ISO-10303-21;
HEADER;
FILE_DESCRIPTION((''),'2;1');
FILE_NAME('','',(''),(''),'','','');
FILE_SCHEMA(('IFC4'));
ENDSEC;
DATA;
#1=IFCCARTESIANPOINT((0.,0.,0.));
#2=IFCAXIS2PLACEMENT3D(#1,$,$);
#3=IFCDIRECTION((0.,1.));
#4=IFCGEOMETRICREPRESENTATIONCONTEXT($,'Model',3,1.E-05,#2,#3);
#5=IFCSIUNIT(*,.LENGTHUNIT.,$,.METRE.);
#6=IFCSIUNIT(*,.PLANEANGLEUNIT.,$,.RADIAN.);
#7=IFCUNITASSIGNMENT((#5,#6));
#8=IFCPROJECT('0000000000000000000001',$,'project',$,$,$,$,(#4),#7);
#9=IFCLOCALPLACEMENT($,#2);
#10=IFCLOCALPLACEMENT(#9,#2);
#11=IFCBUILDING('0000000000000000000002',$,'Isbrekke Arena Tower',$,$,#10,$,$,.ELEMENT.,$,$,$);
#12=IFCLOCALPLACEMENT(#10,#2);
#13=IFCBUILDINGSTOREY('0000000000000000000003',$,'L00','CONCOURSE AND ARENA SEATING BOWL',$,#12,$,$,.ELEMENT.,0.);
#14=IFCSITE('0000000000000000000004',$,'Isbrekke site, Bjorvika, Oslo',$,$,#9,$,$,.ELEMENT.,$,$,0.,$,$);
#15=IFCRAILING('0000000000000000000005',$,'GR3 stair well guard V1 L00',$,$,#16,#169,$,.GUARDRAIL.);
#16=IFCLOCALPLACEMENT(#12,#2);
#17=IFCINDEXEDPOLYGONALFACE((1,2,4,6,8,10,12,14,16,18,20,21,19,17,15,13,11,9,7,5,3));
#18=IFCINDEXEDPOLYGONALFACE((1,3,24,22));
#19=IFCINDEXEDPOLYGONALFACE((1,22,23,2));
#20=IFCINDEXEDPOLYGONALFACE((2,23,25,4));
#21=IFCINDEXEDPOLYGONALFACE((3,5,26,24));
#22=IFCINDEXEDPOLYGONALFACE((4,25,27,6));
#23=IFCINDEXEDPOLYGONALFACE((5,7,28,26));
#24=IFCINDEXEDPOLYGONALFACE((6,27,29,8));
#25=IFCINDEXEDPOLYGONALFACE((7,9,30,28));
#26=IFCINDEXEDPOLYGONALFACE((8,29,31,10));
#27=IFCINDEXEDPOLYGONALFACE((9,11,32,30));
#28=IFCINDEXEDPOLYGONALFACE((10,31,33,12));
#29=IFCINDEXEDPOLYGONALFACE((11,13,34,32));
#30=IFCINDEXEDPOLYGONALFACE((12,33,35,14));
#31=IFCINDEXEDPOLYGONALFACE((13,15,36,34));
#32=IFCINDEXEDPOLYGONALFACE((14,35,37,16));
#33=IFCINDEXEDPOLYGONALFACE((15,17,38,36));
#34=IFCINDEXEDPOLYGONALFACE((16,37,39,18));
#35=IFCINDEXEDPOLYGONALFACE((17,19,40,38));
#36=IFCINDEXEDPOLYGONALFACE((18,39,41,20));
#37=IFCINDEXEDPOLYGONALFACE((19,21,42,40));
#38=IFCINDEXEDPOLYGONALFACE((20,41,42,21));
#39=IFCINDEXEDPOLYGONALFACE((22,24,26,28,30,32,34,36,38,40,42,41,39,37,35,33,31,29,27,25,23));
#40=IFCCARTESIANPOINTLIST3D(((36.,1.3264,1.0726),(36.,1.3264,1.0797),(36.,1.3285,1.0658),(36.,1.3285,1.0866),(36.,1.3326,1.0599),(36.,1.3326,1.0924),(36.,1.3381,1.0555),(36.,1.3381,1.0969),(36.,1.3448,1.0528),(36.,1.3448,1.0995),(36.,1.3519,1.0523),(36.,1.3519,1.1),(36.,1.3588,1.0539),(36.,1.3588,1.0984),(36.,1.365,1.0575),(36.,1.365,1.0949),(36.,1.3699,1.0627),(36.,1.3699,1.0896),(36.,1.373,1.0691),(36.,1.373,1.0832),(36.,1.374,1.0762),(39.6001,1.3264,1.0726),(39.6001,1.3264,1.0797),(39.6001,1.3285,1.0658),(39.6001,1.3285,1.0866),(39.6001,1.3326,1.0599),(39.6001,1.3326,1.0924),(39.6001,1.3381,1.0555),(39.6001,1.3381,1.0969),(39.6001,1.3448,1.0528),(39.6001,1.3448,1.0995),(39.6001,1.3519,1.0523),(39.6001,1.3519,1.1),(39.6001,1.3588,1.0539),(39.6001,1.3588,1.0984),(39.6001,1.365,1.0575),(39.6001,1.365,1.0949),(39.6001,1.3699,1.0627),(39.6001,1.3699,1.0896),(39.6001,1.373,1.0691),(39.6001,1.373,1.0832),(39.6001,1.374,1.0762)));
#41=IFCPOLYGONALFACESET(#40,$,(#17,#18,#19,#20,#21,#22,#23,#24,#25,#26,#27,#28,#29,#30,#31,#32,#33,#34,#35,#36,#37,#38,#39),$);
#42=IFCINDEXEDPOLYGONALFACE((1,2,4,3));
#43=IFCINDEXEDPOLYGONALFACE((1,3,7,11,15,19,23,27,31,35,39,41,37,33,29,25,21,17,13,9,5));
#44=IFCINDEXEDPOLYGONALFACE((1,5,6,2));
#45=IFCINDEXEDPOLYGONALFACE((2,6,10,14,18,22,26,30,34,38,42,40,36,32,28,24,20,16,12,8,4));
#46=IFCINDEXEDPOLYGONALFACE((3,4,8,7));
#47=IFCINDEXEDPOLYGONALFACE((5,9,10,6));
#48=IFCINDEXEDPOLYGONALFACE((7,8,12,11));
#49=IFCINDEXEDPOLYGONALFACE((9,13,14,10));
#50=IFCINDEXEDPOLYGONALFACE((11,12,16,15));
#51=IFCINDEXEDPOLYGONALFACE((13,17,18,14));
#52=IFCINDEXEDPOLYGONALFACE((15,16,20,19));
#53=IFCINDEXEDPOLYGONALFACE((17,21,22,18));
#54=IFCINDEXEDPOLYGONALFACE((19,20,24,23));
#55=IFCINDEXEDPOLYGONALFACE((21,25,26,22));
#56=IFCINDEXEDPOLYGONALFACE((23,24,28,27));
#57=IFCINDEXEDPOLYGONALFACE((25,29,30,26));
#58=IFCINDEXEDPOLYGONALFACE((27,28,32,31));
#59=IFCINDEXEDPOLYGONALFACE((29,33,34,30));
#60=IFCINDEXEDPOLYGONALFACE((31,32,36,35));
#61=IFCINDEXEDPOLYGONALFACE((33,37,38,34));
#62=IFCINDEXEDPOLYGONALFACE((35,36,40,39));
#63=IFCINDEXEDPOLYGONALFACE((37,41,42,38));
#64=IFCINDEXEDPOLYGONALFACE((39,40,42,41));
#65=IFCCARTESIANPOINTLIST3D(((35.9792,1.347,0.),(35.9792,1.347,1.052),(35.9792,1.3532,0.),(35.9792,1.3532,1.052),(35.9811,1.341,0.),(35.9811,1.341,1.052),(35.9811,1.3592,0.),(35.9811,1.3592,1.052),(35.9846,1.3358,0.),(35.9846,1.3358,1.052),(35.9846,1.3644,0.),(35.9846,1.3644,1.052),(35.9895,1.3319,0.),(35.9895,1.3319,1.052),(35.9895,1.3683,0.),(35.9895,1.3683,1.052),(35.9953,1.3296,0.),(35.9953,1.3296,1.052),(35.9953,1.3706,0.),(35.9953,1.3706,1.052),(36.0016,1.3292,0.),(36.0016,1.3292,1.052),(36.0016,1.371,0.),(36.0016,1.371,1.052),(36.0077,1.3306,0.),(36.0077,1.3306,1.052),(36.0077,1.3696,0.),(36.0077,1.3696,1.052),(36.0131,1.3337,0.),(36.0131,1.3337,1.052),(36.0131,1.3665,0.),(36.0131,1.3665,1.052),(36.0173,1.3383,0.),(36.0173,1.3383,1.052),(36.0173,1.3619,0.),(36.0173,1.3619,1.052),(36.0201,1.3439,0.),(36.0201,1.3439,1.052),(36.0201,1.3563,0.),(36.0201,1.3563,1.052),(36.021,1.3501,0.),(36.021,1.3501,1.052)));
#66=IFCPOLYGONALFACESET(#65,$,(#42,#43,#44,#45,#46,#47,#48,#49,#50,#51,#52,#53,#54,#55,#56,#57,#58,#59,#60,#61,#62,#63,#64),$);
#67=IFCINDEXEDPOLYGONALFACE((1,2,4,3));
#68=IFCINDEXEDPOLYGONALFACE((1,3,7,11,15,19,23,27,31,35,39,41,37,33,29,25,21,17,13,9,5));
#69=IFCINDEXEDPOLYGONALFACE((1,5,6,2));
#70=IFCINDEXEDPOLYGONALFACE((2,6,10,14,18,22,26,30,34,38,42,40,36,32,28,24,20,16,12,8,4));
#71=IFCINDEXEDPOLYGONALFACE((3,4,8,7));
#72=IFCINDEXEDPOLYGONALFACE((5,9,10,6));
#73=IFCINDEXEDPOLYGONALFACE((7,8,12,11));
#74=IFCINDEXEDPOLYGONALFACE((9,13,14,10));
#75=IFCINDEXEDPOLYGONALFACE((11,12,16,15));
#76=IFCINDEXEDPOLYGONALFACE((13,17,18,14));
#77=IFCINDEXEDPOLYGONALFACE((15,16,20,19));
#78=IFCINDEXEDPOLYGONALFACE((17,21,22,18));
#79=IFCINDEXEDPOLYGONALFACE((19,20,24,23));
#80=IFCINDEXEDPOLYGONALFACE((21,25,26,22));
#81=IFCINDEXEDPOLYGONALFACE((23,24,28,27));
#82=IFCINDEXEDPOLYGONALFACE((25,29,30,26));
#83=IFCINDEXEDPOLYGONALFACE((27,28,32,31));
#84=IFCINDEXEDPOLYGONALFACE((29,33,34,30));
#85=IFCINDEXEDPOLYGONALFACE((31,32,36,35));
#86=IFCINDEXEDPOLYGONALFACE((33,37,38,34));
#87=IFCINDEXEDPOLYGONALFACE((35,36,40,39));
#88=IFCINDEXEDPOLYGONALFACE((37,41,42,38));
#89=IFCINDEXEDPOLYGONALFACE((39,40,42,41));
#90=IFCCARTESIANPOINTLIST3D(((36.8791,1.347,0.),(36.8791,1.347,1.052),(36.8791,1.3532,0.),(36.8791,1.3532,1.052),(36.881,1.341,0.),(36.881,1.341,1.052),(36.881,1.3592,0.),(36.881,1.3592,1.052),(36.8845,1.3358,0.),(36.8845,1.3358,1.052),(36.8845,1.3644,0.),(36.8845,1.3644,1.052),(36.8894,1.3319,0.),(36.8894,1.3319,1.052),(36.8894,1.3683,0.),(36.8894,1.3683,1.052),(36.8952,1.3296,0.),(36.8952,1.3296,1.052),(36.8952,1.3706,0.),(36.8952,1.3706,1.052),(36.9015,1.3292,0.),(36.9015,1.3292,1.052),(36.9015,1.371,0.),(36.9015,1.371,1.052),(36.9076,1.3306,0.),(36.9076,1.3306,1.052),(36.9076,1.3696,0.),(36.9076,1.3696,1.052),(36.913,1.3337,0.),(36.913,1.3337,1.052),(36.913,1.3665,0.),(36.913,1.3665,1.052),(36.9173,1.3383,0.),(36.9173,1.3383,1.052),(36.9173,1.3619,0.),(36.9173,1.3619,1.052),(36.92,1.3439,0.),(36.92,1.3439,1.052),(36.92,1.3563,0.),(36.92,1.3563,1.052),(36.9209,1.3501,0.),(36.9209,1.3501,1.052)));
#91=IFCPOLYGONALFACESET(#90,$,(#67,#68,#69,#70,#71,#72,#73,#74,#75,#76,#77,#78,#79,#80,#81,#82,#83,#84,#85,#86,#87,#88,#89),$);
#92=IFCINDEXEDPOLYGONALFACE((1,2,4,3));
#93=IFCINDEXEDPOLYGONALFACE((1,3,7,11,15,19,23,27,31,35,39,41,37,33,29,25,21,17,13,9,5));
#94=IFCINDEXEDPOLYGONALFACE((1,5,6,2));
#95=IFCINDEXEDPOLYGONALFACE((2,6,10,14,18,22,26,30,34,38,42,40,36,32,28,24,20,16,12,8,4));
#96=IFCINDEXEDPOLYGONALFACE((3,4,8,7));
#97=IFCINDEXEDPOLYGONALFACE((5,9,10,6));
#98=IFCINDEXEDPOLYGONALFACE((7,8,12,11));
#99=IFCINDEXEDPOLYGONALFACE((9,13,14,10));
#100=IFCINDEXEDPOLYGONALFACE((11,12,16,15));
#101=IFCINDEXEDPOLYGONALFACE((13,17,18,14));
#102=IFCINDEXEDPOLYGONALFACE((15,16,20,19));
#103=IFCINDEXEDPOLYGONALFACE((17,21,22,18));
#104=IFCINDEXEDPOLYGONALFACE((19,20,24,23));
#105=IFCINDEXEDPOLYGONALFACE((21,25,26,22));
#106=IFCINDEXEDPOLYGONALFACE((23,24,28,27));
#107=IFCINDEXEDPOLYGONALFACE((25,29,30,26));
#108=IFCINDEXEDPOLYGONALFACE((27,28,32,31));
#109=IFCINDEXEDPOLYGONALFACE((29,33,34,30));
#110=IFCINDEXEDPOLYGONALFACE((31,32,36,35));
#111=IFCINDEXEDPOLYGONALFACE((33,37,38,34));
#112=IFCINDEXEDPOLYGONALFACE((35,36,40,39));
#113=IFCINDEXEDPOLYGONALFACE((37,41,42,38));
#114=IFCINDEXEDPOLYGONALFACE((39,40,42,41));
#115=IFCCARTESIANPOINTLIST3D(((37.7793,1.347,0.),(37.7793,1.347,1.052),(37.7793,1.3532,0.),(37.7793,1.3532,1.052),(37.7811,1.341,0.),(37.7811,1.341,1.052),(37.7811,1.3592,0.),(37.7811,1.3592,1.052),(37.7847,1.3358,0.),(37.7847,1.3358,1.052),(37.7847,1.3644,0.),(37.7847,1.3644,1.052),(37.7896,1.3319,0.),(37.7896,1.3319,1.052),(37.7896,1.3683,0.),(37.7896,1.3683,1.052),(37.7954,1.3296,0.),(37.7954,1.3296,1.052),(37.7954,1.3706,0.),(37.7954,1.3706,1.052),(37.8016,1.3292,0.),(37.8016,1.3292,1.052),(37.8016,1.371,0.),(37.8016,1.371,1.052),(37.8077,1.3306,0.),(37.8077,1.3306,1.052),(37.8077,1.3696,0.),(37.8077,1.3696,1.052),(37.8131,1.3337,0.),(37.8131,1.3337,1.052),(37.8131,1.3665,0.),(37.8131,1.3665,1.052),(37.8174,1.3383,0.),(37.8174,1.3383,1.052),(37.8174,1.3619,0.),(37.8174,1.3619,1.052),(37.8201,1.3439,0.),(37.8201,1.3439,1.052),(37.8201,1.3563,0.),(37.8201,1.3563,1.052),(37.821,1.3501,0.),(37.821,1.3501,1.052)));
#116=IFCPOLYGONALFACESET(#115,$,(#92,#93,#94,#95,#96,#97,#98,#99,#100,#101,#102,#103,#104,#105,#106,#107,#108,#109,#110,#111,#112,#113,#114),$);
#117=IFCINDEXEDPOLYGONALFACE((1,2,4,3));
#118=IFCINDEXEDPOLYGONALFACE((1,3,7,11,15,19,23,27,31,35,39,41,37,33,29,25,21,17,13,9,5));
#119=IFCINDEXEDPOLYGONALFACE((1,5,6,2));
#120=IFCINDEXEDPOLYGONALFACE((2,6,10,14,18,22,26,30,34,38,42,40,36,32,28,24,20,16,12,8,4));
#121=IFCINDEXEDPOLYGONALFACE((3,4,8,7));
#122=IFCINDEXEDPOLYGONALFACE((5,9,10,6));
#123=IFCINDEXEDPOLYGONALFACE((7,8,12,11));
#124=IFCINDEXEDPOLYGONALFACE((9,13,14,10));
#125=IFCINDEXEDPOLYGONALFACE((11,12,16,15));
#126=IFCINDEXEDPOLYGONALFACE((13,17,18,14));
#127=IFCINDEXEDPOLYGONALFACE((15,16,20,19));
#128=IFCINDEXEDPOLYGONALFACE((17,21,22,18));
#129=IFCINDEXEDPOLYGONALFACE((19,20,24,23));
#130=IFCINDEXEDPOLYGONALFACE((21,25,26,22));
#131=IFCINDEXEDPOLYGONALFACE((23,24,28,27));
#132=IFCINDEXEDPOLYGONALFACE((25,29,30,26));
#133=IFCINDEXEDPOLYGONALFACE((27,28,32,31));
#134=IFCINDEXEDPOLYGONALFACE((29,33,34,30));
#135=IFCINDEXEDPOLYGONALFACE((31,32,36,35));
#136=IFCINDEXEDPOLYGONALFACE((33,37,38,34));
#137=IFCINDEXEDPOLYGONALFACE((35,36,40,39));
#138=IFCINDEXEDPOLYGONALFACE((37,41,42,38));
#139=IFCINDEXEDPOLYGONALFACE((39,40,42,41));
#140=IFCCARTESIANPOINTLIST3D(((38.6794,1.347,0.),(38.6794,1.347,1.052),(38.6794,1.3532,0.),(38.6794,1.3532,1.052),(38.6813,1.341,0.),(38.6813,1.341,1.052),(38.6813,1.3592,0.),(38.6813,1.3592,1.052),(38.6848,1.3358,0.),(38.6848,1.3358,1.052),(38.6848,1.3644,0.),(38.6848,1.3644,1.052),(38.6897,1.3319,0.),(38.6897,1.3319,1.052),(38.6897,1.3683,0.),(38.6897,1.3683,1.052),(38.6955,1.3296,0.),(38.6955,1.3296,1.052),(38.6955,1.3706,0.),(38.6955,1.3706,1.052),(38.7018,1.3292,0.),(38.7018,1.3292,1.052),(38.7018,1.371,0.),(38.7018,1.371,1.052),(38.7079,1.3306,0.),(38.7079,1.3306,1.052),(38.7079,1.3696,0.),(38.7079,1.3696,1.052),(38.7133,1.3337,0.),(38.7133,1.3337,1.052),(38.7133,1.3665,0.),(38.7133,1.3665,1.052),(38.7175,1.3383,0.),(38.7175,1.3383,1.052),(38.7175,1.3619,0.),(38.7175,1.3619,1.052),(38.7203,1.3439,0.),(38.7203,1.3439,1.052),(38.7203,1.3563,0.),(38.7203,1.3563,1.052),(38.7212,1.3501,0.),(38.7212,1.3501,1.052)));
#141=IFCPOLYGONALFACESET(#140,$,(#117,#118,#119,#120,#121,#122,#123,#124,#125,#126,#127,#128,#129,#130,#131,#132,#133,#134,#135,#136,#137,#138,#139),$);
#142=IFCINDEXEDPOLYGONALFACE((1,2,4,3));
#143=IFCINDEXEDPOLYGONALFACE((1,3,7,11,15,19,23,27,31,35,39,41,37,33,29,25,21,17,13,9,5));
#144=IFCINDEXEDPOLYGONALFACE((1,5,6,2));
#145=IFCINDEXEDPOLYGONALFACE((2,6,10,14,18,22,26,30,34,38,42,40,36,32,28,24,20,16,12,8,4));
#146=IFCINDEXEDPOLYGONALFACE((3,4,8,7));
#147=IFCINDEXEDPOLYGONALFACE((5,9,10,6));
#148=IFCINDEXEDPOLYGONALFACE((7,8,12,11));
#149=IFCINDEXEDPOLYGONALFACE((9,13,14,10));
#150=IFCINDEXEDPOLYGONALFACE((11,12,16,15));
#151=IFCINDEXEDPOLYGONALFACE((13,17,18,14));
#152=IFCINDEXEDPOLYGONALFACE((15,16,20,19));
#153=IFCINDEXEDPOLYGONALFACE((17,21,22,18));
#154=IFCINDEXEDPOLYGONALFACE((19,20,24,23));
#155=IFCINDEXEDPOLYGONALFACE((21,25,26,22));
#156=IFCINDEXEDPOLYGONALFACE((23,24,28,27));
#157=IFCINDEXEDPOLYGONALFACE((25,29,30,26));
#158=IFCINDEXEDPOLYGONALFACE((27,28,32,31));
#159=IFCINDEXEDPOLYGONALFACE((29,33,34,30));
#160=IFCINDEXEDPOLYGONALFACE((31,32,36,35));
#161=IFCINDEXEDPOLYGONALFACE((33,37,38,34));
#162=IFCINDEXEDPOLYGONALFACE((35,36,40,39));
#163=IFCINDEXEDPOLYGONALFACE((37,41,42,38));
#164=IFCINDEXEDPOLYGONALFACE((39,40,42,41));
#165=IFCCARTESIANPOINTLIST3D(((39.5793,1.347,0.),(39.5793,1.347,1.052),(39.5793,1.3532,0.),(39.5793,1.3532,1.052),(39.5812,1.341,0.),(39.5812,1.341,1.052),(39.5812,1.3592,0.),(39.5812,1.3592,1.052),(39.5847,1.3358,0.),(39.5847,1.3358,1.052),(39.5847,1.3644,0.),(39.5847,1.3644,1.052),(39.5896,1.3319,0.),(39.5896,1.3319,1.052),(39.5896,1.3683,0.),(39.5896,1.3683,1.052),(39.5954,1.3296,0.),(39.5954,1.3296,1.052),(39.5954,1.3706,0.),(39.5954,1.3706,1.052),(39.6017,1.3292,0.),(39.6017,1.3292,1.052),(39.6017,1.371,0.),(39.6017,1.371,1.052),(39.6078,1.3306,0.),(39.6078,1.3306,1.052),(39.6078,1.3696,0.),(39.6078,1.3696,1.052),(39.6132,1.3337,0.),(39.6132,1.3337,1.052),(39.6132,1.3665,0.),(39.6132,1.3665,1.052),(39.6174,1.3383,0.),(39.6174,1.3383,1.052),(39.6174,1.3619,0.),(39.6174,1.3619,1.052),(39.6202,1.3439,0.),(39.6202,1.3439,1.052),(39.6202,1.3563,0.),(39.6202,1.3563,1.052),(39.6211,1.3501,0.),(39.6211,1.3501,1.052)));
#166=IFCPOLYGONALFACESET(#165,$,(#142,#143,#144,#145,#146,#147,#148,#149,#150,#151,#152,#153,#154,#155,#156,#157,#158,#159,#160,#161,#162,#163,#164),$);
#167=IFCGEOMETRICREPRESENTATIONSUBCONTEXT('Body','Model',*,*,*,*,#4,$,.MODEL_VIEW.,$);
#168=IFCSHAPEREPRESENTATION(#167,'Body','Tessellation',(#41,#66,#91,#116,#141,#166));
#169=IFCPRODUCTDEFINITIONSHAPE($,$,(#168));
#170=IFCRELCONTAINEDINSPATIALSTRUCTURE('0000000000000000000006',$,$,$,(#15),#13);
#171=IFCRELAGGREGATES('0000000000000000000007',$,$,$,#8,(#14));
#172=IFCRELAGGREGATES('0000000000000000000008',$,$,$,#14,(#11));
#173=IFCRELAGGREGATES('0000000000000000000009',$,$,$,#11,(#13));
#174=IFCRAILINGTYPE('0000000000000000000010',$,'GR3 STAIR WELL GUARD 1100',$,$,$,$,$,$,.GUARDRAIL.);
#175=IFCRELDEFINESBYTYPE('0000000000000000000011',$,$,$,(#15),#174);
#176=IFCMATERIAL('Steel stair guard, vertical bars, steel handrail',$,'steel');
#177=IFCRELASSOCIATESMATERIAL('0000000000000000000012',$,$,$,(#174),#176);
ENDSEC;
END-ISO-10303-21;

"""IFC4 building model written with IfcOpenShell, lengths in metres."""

from ifc_helpers import new_model, si_unit, direction, frame, origin, origin_2d, place, context, subcontext, project, spatial, circle, extrude, material, type_object, element, save


model = new_model("IFC4")

# Units and contexts
model_context = context("Model", 3, precision=1e-05, world=origin(), true_north=direction((0.0, 1.0)))
body_context = subcontext(model_context, "Body", "Model", "MODEL_VIEW")
ifc_project = project(units=[si_unit("LENGTHUNIT", "METRE"), si_unit("PLANEANGLEUNIT", "RADIAN")], contexts=[model_context])

# Site, building, storey
site_placement = place(None, origin())
site = spatial("IfcSite", under=ifc_project, at=site_placement, Name="Isbrekke site, Bjorvika, Oslo", CompositionType="ELEMENT", RefElevation=0.0)
building_placement = place(site_placement, origin())
building = spatial("IfcBuilding", under=site, at=building_placement, Name="Isbrekke Arena Tower", CompositionType="ELEMENT")
storey_placement = place(building_placement, origin())
storey = spatial("IfcBuildingStorey", under=building, at=storey_placement, Name="L00", Description="CONCOURSE AND ARENA SEATING BOWL", CompositionType="ELEMENT", Elevation=0.0)

# Railing
ifc_material_1 = material(Name="Steel stair guard, vertical bars, steel handrail", Category="steel")
railing_type_1 = type_object("IfcRailingType", Name="GR3 STAIR WELL GUARD 1100", PredefinedType="GUARDRAIL", material=ifc_material_1)
railing_1_placement = place(storey_placement, frame((36.0, 1.3501, 0.0)))
element("IfcRailing", 1, at=railing_1_placement, inside=storey, type_object=railing_type_1, Name="GR3 stair well guard V1 L00", PredefinedType="GUARDRAIL", context=body_context, shape_type="SweptSolid", body=[
    extrude(circle(Radius=0.0239, at=origin_2d()), frame((0.0, 0.0, 1.0762), z_axis=(1.0, 0.0, 0.0), x_axis=(0.0, 1.0, 0.0)), (0.0, 0.0, 1.0), 3.6001),
    extrude(circle(Radius=0.021, at=origin_2d()), origin(), (0.0, 0.0, 1.0), 1.052),
    extrude(circle(Radius=0.021, at=origin_2d()), frame((0.8999, 0.0, 0.0)), (0.0, 0.0, 1.0), 1.052),
    extrude(circle(Radius=0.021, at=origin_2d()), frame((1.8, 0.0, 0.0)), (0.0, 0.0, 1.0), 1.052),
    extrude(circle(Radius=0.021, at=origin_2d()), frame((2.7002, 0.0, 0.0)), (0.0, 0.0, 1.0), 1.052),
    extrude(circle(Radius=0.021, at=origin_2d()), frame((3.6001, 0.0, 0.0)), (0.0, 0.0, 1.0), 1.052),
])

save(model, "model.ifc")
